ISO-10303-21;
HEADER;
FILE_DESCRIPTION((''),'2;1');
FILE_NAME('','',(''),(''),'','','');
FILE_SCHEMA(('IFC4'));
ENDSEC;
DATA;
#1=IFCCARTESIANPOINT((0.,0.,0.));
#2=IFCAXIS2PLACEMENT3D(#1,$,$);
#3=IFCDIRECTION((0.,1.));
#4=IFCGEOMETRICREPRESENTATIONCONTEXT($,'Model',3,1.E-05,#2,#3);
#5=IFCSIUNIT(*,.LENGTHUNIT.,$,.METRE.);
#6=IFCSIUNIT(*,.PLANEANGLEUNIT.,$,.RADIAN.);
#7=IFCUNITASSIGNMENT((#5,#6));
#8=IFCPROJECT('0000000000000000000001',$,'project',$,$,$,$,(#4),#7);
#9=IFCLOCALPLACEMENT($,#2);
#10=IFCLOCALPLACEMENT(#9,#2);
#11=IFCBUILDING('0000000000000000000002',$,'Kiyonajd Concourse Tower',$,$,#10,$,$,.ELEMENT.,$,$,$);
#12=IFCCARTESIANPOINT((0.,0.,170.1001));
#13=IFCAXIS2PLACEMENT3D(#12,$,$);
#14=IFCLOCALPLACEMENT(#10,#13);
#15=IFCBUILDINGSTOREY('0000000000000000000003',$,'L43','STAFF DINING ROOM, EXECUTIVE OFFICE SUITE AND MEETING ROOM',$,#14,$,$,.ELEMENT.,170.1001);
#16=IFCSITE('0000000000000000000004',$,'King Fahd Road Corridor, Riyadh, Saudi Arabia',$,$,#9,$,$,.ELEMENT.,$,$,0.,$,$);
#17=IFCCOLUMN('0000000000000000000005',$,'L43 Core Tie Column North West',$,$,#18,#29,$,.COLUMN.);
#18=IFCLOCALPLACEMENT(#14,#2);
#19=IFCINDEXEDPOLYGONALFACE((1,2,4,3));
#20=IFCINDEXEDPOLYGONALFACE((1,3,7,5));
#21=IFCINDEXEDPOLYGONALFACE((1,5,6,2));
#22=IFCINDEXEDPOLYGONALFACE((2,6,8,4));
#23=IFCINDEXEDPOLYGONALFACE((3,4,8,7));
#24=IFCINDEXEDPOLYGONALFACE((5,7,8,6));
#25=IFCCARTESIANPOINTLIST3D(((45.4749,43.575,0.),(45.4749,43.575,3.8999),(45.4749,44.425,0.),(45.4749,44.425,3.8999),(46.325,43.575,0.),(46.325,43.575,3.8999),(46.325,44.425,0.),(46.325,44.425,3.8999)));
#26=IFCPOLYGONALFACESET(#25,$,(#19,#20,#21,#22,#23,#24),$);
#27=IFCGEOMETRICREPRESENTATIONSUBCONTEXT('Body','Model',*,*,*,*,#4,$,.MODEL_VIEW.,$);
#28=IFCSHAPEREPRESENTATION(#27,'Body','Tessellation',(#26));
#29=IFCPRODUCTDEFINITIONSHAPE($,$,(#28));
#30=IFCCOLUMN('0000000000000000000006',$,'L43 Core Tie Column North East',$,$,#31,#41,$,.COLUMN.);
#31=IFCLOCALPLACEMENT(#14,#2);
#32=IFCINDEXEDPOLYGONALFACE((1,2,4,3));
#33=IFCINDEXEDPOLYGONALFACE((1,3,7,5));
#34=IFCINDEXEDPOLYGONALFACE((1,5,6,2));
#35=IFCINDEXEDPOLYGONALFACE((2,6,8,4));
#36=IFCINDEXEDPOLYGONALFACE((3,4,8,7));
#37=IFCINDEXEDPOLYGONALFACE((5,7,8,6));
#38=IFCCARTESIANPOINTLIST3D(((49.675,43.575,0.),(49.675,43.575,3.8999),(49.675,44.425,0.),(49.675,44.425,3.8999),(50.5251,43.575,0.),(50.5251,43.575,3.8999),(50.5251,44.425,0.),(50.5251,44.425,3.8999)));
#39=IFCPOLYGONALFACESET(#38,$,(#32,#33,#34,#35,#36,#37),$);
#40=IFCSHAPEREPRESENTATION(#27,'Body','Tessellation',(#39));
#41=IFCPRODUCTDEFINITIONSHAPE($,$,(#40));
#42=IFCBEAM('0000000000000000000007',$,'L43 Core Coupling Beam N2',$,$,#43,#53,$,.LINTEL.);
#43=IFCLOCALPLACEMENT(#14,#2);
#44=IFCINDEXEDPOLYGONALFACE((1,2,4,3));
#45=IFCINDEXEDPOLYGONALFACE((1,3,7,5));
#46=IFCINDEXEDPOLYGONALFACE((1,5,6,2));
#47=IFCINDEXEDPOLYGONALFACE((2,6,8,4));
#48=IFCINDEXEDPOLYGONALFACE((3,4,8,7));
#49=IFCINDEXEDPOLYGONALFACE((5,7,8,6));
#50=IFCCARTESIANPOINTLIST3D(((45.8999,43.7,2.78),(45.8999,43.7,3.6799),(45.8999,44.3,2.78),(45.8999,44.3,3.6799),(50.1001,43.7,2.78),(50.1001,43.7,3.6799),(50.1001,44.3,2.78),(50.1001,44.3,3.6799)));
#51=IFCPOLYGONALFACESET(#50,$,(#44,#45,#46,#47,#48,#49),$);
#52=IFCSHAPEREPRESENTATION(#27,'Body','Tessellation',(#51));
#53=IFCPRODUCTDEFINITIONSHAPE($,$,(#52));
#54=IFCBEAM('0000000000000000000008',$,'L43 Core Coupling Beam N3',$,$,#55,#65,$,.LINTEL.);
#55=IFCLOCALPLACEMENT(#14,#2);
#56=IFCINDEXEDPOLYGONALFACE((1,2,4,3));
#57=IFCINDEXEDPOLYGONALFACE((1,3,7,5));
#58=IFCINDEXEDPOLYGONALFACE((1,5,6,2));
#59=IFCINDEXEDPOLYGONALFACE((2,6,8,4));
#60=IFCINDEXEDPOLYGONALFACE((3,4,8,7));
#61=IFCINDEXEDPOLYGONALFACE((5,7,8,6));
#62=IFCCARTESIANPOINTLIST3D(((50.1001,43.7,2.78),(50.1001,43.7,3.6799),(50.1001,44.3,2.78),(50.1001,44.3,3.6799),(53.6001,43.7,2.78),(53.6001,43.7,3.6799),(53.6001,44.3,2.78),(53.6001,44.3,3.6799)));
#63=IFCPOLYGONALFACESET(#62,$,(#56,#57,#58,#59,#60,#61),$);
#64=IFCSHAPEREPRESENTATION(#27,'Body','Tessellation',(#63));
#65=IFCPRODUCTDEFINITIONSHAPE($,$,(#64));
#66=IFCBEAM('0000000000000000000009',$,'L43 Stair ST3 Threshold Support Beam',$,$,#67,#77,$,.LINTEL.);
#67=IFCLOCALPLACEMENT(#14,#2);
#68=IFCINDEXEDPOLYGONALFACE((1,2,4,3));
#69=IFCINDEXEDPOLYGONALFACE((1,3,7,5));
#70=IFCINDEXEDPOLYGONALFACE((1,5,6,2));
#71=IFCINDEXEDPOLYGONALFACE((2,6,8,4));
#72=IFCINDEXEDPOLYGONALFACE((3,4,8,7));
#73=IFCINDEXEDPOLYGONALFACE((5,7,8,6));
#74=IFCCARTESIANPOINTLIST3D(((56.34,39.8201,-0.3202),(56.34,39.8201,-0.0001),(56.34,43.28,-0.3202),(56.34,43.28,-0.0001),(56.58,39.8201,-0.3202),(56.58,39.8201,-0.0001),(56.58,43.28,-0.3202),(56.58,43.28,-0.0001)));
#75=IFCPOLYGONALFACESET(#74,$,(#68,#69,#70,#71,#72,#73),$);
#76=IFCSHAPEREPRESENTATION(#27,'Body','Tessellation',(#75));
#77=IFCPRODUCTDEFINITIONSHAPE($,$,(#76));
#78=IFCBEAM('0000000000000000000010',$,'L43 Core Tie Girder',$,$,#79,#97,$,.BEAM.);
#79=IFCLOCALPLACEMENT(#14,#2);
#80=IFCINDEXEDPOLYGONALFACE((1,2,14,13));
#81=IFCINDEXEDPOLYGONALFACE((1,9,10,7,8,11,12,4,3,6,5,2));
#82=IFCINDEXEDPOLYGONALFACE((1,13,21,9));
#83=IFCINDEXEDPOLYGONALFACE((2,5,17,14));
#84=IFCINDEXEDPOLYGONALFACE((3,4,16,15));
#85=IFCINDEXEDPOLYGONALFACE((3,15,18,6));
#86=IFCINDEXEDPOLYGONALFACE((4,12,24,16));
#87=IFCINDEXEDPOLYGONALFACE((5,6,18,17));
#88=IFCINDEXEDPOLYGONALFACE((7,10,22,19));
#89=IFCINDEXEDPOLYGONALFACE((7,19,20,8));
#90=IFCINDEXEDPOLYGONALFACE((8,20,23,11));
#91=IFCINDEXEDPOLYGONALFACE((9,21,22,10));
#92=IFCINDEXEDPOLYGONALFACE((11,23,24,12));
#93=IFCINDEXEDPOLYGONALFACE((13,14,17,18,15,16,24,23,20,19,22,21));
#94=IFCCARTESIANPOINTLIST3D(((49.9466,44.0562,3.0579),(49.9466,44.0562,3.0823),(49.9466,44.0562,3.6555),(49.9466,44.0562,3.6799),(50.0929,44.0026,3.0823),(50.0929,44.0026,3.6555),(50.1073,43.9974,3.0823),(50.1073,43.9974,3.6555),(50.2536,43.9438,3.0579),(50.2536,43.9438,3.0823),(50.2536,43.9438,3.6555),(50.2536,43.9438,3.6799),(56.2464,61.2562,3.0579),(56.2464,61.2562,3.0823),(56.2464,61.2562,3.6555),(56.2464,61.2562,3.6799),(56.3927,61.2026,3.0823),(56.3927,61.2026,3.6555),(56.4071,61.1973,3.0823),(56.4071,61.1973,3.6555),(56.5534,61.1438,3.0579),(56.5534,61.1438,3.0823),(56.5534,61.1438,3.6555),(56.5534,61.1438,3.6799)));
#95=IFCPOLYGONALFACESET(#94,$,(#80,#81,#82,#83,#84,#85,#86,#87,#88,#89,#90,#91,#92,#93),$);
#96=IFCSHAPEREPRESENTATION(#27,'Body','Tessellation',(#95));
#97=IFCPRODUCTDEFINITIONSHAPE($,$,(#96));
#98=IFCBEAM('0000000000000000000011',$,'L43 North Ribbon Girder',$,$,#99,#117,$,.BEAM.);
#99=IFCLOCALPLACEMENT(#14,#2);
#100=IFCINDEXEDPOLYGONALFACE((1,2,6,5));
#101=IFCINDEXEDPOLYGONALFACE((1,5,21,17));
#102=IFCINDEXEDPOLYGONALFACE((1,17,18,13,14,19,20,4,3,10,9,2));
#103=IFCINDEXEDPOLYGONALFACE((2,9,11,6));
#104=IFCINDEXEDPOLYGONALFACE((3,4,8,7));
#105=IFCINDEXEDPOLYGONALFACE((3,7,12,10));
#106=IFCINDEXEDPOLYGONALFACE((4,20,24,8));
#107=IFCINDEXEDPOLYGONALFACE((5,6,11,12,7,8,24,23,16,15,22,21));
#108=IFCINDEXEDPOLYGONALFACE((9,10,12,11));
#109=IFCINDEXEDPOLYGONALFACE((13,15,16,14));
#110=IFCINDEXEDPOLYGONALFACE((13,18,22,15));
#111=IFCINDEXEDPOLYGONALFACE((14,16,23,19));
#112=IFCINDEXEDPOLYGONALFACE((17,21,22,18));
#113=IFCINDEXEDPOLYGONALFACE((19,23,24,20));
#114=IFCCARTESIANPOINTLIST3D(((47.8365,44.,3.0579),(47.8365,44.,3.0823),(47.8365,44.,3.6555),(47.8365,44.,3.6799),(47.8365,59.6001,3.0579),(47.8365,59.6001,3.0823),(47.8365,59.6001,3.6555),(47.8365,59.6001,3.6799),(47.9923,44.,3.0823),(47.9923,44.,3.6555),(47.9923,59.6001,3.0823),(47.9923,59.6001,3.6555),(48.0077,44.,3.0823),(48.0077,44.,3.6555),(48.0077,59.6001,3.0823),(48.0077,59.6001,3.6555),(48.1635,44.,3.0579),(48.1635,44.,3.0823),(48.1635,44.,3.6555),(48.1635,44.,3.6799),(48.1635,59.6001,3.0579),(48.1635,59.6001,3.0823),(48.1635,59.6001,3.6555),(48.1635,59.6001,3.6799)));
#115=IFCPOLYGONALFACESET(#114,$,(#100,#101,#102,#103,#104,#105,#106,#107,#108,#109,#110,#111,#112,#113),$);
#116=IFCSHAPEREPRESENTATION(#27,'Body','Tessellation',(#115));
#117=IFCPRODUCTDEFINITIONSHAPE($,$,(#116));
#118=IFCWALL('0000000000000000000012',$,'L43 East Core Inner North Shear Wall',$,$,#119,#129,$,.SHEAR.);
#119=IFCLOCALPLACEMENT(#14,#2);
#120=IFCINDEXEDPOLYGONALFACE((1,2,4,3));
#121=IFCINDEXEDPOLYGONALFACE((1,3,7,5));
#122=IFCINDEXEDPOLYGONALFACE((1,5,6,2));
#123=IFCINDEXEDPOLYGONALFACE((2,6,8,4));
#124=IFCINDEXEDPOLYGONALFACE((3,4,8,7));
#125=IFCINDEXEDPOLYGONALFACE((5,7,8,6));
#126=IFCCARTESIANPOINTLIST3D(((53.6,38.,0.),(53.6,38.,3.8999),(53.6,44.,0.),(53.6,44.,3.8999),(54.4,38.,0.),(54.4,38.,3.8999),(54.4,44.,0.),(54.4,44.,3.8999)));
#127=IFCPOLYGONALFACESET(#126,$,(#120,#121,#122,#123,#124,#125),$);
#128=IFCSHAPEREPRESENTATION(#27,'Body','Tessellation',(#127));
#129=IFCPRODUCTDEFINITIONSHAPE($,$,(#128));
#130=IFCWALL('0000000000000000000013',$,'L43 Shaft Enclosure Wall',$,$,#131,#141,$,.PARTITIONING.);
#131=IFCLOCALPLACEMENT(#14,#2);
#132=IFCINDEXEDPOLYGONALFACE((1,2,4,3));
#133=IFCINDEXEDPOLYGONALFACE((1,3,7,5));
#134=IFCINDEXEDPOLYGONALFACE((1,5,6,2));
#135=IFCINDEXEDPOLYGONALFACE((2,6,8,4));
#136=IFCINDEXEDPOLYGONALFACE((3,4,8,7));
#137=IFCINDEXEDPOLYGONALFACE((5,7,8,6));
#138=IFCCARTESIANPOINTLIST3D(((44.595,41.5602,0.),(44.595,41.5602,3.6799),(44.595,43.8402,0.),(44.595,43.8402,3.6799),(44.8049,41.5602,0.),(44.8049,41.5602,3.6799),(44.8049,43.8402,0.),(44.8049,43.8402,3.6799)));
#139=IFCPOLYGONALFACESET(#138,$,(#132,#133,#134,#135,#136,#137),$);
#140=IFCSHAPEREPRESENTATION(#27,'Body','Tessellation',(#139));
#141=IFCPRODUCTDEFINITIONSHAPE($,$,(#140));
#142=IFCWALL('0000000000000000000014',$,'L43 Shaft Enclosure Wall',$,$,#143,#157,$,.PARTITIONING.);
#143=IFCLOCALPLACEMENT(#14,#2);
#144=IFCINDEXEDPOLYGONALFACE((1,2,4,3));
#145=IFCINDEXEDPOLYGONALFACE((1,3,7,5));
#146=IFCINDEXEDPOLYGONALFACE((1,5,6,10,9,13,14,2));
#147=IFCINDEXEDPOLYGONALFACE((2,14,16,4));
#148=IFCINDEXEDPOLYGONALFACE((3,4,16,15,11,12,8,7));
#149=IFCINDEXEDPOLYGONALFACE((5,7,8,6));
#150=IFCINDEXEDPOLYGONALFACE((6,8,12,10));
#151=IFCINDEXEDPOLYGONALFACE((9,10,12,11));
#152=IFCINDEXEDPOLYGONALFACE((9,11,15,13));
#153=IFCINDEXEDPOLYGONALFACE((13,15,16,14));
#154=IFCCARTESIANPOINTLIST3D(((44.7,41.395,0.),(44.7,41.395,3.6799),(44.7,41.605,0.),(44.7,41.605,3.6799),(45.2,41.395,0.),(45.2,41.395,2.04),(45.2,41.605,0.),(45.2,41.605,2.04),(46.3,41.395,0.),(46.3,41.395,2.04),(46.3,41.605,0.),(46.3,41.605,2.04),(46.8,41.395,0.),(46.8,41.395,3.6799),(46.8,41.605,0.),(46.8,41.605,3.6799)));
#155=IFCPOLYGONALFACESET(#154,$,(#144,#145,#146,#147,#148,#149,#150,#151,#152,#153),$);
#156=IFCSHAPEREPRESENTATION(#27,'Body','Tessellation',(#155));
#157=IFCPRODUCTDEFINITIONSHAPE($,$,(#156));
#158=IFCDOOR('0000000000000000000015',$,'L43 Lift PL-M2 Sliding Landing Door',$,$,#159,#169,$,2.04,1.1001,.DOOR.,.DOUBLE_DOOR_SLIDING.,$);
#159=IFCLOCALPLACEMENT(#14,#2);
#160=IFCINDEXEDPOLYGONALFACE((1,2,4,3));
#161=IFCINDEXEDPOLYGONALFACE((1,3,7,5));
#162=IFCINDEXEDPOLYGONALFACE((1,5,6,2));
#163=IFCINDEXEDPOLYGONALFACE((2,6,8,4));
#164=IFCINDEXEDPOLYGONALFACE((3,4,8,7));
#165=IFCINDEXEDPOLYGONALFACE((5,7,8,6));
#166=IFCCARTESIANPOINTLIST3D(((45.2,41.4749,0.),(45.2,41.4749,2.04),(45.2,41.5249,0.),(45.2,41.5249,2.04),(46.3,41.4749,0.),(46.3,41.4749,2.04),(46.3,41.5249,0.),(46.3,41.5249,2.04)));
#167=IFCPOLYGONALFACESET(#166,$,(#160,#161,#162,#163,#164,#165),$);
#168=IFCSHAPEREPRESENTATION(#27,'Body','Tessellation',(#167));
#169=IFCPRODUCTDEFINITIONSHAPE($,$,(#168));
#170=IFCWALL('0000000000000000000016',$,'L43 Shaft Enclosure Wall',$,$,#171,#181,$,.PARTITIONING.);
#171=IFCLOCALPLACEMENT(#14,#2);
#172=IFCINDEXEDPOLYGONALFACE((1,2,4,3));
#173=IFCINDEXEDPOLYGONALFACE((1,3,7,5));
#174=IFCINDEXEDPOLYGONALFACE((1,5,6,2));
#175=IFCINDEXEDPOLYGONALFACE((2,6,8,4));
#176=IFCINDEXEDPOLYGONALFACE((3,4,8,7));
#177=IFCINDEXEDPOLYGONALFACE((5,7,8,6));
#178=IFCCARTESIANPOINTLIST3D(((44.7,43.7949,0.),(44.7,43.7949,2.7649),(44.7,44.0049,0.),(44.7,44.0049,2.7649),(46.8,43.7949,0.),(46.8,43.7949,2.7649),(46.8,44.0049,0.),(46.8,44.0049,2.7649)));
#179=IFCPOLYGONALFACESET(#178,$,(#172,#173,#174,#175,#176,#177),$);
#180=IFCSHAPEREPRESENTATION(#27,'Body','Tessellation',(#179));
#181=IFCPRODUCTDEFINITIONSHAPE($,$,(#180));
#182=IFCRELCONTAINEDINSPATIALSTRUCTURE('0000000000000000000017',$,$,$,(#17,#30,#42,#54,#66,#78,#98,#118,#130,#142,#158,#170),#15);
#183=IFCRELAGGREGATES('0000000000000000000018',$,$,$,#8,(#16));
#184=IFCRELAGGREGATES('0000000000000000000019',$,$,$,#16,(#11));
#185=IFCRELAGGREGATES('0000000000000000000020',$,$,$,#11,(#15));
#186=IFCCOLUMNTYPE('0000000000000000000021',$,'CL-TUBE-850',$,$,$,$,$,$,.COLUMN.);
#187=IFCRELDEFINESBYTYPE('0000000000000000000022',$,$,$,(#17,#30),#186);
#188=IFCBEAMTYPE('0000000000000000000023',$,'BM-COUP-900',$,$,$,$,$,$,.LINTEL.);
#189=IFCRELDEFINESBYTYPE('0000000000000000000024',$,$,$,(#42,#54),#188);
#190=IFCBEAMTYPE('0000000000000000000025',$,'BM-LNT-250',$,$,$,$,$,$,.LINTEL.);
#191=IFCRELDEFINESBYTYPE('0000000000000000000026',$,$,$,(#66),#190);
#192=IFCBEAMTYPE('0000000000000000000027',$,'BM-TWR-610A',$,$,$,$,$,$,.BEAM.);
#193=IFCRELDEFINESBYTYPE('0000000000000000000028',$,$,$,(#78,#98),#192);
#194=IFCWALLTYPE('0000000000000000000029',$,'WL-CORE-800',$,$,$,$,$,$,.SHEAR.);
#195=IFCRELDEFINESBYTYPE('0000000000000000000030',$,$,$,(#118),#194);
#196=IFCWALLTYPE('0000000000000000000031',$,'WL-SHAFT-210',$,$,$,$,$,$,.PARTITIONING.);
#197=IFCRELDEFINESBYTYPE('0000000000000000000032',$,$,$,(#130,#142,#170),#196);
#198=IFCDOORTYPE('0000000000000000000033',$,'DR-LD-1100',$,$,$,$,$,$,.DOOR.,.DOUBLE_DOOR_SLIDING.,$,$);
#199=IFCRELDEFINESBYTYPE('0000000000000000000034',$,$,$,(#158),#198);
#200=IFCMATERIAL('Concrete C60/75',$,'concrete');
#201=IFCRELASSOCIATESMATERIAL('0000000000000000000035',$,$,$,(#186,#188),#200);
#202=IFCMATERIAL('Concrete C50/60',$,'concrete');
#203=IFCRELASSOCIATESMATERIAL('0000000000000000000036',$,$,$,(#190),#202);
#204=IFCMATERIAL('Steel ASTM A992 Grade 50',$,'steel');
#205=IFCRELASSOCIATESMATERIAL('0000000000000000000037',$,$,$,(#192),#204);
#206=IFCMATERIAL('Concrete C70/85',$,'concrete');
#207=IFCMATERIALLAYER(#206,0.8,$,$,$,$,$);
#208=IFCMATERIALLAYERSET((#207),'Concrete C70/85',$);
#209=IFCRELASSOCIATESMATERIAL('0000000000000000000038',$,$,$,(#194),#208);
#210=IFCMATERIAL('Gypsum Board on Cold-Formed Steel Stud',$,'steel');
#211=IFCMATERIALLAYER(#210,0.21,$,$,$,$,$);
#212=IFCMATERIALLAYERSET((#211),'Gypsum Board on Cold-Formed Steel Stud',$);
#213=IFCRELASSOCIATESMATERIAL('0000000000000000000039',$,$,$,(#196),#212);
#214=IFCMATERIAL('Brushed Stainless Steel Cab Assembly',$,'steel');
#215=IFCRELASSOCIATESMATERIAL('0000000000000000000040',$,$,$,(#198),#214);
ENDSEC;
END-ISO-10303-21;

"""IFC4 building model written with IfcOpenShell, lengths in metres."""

from ifc_helpers import new_model, si_unit, direction, frame, frame_2d, origin, origin_2d, place, context, subcontext, project, spatial, rectangle, i_section, extrude, material, layer, layer_set, material_profile, profile_set, type_object, element, fill, save


model = new_model("IFC4")

# Units and contexts
model_context = context("Model", 3, precision=1e-05, world=origin(), true_north=direction((0.0, 1.0)))
body_context = subcontext(model_context, "Body", "Model", "MODEL_VIEW")
ifc_project = project(units=[si_unit("LENGTHUNIT", "METRE"), si_unit("PLANEANGLEUNIT", "RADIAN")], contexts=[model_context])

# Site, building, storey
site_placement = place(None, origin())
site = spatial("IfcSite", under=ifc_project, at=site_placement, Name="King Fahd Road Corridor, Riyadh, Saudi Arabia", CompositionType="ELEMENT", RefElevation=0.0)
building_placement = place(site_placement, origin())
building = spatial("IfcBuilding", under=site, at=building_placement, Name="Kiyonajd Concourse Tower", CompositionType="ELEMENT")
storey_placement = place(building_placement, frame((0.0, 0.0, 170.1001)))
storey = spatial("IfcBuildingStorey", under=building, at=storey_placement, Name="L43", Description="STAFF DINING ROOM, EXECUTIVE OFFICE SUITE AND MEETING ROOM", CompositionType="ELEMENT", Elevation=170.1001)

# Columns
ifc_material_1 = material(Name="Concrete C60/75", Category="concrete")
ifc_material_profile_1 = material_profile(ifc_material_1, rectangle(XDim=0.8501, YDim=0.8501, at=origin_2d()), Name="RC-850x850")
ifc_profile_set_1 = profile_set([ifc_material_profile_1], Name="Concrete C60/75")
column_type = type_object("IfcColumnType", Name="CL-TUBE-850", PredefinedType="COLUMN", material=ifc_profile_set_1)
for number, where, z_axis, x_axis, name in (
    (1, (45.8999, 44.0, 0.0), (0.0, 0.0, 1.0), (1.0, 0.0, 0.0), "L43 Core Tie Column North West"),
    (2, (50.1001, 44.0, 0.0), (0.0, 0.0, 1.0), (1.0, 0.0, 0.0), "L43 Core Tie Column North East"),
):
    element("IfcColumn", number, at=place(storey_placement, frame(where, z_axis=z_axis, x_axis=x_axis)), inside=storey, type_object=column_type, Name=name, PredefinedType="COLUMN", context=body_context, shape_type="SweptSolid", body=[
        extrude(rectangle(XDim=0.8501, YDim=0.8501, at=origin_2d()), origin(), (0.0, 0.0, 1.0), 3.8999),
    ])

# Beams
ifc_material_profile_2 = material_profile(ifc_material_1, rectangle(XDim=0.6001, YDim=0.8999, at=origin_2d()), Name="RCBM-600x900")
ifc_profile_set_2 = profile_set([ifc_material_profile_2], Name="Concrete C60/75")
beam_type_1 = type_object("IfcBeamType", Name="BM-COUP-900", PredefinedType="LINTEL", material=ifc_profile_set_2)
beam_1_placement = place(storey_placement, frame((45.8999, 44.0, 3.23), z_axis=(1.0, 0.0, 0.0), x_axis=(0.0, 1.0, 0.0)))
element("IfcBeam", 3, at=beam_1_placement, inside=storey, type_object=beam_type_1, Name="L43 Core Coupling Beam N2", PredefinedType="LINTEL", context=body_context, shape_type="SweptSolid", body=[
    extrude(rectangle(XDim=0.6001, YDim=0.8999, at=origin_2d()), origin(), (0.0, 0.0, 1.0), 4.2002),
])
beam_2_placement = place(storey_placement, frame((50.1001, 44.0, 3.23), z_axis=(1.0, 0.0, 0.0), x_axis=(0.0, 1.0, 0.0)))
element("IfcBeam", 4, at=beam_2_placement, inside=storey, type_object=beam_type_1, Name="L43 Core Coupling Beam N3", PredefinedType="LINTEL", context=body_context, shape_type="SweptSolid", body=[
    extrude(rectangle(XDim=0.6001, YDim=0.8999, at=origin_2d()), origin(), (0.0, 0.0, 1.0), 3.5),
])
ifc_material_2 = material(Name="Concrete C50/60", Category="concrete")
ifc_material_profile_3 = material_profile(ifc_material_2, rectangle(XDim=0.24, YDim=0.3201, at=origin_2d()), Name="RCBM-240x320")
ifc_profile_set_3 = profile_set([ifc_material_profile_3], Name="Concrete C50/60")
beam_type_2 = type_object("IfcBeamType", Name="BM-LNT-250", PredefinedType="LINTEL", material=ifc_profile_set_3)
beam_3_placement = place(storey_placement, frame((56.46, 39.8201, -0.1602), z_axis=(0.0, 1.0, 0.0), x_axis=(-1.0, 0.0, 0.0)))
element("IfcBeam", 5, at=beam_3_placement, inside=storey, type_object=beam_type_2, Name="L43 Stair ST3 Threshold Support Beam", PredefinedType="LINTEL", context=body_context, shape_type="SweptSolid", body=[
    extrude(rectangle(XDim=0.24, YDim=0.3201, at=origin_2d()), origin(), (0.0, 0.0, 1.0), 3.46),
])
ifc_material_3 = material(Name="Steel ASTM A992 Grade 50", Category="steel")
ifc_material_profile_4 = material_profile(ifc_material_3, i_section(OverallWidth=0.3269, OverallDepth=0.6221, WebThickness=0.0154, FlangeThickness=0.0244, at=origin_2d()), Name="W610X195")
ifc_profile_set_4 = profile_set([ifc_material_profile_4], Name="Steel ASTM A992 Grade 50")
beam_type_3 = type_object("IfcBeamType", Name="BM-TWR-610A", PredefinedType="BEAM", material=ifc_profile_set_4)
beam_4_placement = place(storey_placement, frame((50.1001, 44.0, 3.3689), z_axis=(0.343925, 0.938997, 0.0), x_axis=(-0.938997, 0.343925, 0.0)))
element("IfcBeam", 6, at=beam_4_placement, inside=storey, type_object=beam_type_3, Name="L43 Core Tie Girder", PredefinedType="BEAM", context=body_context, shape_type="SweptSolid", body=[
    extrude(i_section(OverallWidth=0.3269, OverallDepth=0.6221, WebThickness=0.0154, FlangeThickness=0.0244, at=origin_2d()), origin(), (0.0, 0.0, 1.0), 18.3174),
])
beam_5_placement = place(storey_placement, frame((48.0, 44.0, 3.3689), z_axis=(0.0, 1.0, 0.0), x_axis=(-1.0, 0.0, 0.0)))
element("IfcBeam", 7, at=beam_5_placement, inside=storey, type_object=beam_type_3, Name="L43 North Ribbon Girder", PredefinedType="BEAM", context=body_context, shape_type="SweptSolid", body=[
    extrude(i_section(OverallWidth=0.3269, OverallDepth=0.6221, WebThickness=0.0154, FlangeThickness=0.0244, at=origin_2d()), origin(), (0.0, 0.0, 1.0), 15.6001),
])

# Walls
ifc_material_4 = material(Name="Concrete C70/85", Category="concrete")
ifc_layer_1 = layer(ifc_material_4, 0.8)
ifc_layer_set_1 = layer_set([ifc_layer_1], Name="Concrete C70/85")
wall_type_1 = type_object("IfcWallType", Name="WL-CORE-800", PredefinedType="SHEAR", material=ifc_layer_set_1)
wall_1_placement = place(storey_placement, frame((54.0, 38.0, 0.0), z_axis=(0.0, 0.0, 1.0), x_axis=(0.0, 1.0, 0.0)))
element("IfcWall", 8, at=wall_1_placement, inside=storey, type_object=wall_type_1, Name="L43 East Core Inner North Shear Wall", PredefinedType="SHEAR", context=body_context, shape_type="SweptSolid", body=[
    extrude(rectangle(XDim=6.0, YDim=0.8, at=frame_2d((3.0, 0.0))), origin(), (0.0, 0.0, 1.0), 3.8999),
])
ifc_material_5 = material(Name="Gypsum Board on Cold-Formed Steel Stud", Category="steel")
ifc_layer_2 = layer(ifc_material_5, 0.21)
ifc_layer_set_2 = layer_set([ifc_layer_2], Name="Gypsum Board on Cold-Formed Steel Stud")
wall_type_2 = type_object("IfcWallType", Name="WL-SHAFT-210", PredefinedType="PARTITIONING", material=ifc_layer_set_2)
wall_2_placement = place(storey_placement, frame((44.7, 41.5601, 0.0), z_axis=(0.0, 0.0, 1.0), x_axis=(0.0, 1.0, 0.0)))
element("IfcWall", 9, at=wall_2_placement, inside=storey, type_object=wall_type_2, Name="L43 Shaft Enclosure Wall", PredefinedType="PARTITIONING", context=body_context, shape_type="SweptSolid", body=[
    extrude(rectangle(XDim=2.28, YDim=0.21, at=frame_2d((1.1401, 0.0))), origin(), (0.0, 0.0, 1.0), 3.6799),
])

# Wall, opening, door
wall_3_placement = place(storey_placement, frame((44.7, 41.5, 0.0), z_axis=(0.0, 0.0, 1.0), x_axis=(1.0, 0.0, 0.0)))
wall_3 = element("IfcWall", 10, at=wall_3_placement, inside=storey, type_object=wall_type_2, Name="L43 Shaft Enclosure Wall", PredefinedType="PARTITIONING", context=body_context, shape_type="SweptSolid", body=[
    extrude(rectangle(XDim=2.1001, YDim=0.21, at=frame_2d((1.05, 0.0))), origin(), (0.0, 0.0, 1.0), 3.6799),
])
opening_1_placement = place(wall_3_placement, frame((0.5, 0.0, 0.0)))
opening_1 = element("IfcOpeningElement", 11, at=opening_1_placement, cuts=wall_3, PredefinedType="OPENING", context=body_context, shape_type="SweptSolid", body=[
    extrude(rectangle(XDim=1.1001, YDim=2.04, at=frame_2d((0.55, 1.02))), frame((0.0, 0.115, 0.0), z_axis=(0.0, -1.0, 0.0), x_axis=(1.0, 0.0, 0.0)), (0.0, 0.0, 1.0), 0.23),
])
ifc_material_6 = material(Name="Brushed Stainless Steel Cab Assembly", Category="steel")
door_type_1 = type_object("IfcDoorType", Name="DR-LD-1100", OperationType="DOUBLE_DOOR_SLIDING", PredefinedType="DOOR", material=ifc_material_6)
door_1_placement = place(opening_1_placement, origin())
door_1 = element("IfcDoor", 12, at=door_1_placement, inside=storey, type_object=door_type_1, Name="L43 Lift PL-M2 Sliding Landing Door", OperationType="DOUBLE_DOOR_SLIDING", OverallHeight=2.04, OverallWidth=1.1001, PredefinedType="DOOR", context=body_context, shape_type="SweptSolid", body=[
    extrude(rectangle(XDim=1.1001, YDim=2.04, at=frame_2d((0.55, 1.02))), frame((0.0, 0.0249, 0.0), z_axis=(0.0, -1.0, 0.0), x_axis=(1.0, 0.0, 0.0)), (0.0, 0.0, 1.0), 0.05),
])
fill(opening_1, door_1)

# Wall
wall_4_placement = place(storey_placement, frame((44.7, 43.8999, 0.0), z_axis=(0.0, 0.0, 1.0), x_axis=(1.0, 0.0, 0.0)))
element("IfcWall", 13, at=wall_4_placement, inside=storey, type_object=wall_type_2, Name="L43 Shaft Enclosure Wall", PredefinedType="PARTITIONING", context=body_context, shape_type="SweptSolid", body=[
    extrude(rectangle(XDim=2.1001, YDim=0.21, at=frame_2d((1.05, 0.0))), origin(), (0.0, 0.0, 1.0), 2.7649),
])

save(model, "model.ifc")
